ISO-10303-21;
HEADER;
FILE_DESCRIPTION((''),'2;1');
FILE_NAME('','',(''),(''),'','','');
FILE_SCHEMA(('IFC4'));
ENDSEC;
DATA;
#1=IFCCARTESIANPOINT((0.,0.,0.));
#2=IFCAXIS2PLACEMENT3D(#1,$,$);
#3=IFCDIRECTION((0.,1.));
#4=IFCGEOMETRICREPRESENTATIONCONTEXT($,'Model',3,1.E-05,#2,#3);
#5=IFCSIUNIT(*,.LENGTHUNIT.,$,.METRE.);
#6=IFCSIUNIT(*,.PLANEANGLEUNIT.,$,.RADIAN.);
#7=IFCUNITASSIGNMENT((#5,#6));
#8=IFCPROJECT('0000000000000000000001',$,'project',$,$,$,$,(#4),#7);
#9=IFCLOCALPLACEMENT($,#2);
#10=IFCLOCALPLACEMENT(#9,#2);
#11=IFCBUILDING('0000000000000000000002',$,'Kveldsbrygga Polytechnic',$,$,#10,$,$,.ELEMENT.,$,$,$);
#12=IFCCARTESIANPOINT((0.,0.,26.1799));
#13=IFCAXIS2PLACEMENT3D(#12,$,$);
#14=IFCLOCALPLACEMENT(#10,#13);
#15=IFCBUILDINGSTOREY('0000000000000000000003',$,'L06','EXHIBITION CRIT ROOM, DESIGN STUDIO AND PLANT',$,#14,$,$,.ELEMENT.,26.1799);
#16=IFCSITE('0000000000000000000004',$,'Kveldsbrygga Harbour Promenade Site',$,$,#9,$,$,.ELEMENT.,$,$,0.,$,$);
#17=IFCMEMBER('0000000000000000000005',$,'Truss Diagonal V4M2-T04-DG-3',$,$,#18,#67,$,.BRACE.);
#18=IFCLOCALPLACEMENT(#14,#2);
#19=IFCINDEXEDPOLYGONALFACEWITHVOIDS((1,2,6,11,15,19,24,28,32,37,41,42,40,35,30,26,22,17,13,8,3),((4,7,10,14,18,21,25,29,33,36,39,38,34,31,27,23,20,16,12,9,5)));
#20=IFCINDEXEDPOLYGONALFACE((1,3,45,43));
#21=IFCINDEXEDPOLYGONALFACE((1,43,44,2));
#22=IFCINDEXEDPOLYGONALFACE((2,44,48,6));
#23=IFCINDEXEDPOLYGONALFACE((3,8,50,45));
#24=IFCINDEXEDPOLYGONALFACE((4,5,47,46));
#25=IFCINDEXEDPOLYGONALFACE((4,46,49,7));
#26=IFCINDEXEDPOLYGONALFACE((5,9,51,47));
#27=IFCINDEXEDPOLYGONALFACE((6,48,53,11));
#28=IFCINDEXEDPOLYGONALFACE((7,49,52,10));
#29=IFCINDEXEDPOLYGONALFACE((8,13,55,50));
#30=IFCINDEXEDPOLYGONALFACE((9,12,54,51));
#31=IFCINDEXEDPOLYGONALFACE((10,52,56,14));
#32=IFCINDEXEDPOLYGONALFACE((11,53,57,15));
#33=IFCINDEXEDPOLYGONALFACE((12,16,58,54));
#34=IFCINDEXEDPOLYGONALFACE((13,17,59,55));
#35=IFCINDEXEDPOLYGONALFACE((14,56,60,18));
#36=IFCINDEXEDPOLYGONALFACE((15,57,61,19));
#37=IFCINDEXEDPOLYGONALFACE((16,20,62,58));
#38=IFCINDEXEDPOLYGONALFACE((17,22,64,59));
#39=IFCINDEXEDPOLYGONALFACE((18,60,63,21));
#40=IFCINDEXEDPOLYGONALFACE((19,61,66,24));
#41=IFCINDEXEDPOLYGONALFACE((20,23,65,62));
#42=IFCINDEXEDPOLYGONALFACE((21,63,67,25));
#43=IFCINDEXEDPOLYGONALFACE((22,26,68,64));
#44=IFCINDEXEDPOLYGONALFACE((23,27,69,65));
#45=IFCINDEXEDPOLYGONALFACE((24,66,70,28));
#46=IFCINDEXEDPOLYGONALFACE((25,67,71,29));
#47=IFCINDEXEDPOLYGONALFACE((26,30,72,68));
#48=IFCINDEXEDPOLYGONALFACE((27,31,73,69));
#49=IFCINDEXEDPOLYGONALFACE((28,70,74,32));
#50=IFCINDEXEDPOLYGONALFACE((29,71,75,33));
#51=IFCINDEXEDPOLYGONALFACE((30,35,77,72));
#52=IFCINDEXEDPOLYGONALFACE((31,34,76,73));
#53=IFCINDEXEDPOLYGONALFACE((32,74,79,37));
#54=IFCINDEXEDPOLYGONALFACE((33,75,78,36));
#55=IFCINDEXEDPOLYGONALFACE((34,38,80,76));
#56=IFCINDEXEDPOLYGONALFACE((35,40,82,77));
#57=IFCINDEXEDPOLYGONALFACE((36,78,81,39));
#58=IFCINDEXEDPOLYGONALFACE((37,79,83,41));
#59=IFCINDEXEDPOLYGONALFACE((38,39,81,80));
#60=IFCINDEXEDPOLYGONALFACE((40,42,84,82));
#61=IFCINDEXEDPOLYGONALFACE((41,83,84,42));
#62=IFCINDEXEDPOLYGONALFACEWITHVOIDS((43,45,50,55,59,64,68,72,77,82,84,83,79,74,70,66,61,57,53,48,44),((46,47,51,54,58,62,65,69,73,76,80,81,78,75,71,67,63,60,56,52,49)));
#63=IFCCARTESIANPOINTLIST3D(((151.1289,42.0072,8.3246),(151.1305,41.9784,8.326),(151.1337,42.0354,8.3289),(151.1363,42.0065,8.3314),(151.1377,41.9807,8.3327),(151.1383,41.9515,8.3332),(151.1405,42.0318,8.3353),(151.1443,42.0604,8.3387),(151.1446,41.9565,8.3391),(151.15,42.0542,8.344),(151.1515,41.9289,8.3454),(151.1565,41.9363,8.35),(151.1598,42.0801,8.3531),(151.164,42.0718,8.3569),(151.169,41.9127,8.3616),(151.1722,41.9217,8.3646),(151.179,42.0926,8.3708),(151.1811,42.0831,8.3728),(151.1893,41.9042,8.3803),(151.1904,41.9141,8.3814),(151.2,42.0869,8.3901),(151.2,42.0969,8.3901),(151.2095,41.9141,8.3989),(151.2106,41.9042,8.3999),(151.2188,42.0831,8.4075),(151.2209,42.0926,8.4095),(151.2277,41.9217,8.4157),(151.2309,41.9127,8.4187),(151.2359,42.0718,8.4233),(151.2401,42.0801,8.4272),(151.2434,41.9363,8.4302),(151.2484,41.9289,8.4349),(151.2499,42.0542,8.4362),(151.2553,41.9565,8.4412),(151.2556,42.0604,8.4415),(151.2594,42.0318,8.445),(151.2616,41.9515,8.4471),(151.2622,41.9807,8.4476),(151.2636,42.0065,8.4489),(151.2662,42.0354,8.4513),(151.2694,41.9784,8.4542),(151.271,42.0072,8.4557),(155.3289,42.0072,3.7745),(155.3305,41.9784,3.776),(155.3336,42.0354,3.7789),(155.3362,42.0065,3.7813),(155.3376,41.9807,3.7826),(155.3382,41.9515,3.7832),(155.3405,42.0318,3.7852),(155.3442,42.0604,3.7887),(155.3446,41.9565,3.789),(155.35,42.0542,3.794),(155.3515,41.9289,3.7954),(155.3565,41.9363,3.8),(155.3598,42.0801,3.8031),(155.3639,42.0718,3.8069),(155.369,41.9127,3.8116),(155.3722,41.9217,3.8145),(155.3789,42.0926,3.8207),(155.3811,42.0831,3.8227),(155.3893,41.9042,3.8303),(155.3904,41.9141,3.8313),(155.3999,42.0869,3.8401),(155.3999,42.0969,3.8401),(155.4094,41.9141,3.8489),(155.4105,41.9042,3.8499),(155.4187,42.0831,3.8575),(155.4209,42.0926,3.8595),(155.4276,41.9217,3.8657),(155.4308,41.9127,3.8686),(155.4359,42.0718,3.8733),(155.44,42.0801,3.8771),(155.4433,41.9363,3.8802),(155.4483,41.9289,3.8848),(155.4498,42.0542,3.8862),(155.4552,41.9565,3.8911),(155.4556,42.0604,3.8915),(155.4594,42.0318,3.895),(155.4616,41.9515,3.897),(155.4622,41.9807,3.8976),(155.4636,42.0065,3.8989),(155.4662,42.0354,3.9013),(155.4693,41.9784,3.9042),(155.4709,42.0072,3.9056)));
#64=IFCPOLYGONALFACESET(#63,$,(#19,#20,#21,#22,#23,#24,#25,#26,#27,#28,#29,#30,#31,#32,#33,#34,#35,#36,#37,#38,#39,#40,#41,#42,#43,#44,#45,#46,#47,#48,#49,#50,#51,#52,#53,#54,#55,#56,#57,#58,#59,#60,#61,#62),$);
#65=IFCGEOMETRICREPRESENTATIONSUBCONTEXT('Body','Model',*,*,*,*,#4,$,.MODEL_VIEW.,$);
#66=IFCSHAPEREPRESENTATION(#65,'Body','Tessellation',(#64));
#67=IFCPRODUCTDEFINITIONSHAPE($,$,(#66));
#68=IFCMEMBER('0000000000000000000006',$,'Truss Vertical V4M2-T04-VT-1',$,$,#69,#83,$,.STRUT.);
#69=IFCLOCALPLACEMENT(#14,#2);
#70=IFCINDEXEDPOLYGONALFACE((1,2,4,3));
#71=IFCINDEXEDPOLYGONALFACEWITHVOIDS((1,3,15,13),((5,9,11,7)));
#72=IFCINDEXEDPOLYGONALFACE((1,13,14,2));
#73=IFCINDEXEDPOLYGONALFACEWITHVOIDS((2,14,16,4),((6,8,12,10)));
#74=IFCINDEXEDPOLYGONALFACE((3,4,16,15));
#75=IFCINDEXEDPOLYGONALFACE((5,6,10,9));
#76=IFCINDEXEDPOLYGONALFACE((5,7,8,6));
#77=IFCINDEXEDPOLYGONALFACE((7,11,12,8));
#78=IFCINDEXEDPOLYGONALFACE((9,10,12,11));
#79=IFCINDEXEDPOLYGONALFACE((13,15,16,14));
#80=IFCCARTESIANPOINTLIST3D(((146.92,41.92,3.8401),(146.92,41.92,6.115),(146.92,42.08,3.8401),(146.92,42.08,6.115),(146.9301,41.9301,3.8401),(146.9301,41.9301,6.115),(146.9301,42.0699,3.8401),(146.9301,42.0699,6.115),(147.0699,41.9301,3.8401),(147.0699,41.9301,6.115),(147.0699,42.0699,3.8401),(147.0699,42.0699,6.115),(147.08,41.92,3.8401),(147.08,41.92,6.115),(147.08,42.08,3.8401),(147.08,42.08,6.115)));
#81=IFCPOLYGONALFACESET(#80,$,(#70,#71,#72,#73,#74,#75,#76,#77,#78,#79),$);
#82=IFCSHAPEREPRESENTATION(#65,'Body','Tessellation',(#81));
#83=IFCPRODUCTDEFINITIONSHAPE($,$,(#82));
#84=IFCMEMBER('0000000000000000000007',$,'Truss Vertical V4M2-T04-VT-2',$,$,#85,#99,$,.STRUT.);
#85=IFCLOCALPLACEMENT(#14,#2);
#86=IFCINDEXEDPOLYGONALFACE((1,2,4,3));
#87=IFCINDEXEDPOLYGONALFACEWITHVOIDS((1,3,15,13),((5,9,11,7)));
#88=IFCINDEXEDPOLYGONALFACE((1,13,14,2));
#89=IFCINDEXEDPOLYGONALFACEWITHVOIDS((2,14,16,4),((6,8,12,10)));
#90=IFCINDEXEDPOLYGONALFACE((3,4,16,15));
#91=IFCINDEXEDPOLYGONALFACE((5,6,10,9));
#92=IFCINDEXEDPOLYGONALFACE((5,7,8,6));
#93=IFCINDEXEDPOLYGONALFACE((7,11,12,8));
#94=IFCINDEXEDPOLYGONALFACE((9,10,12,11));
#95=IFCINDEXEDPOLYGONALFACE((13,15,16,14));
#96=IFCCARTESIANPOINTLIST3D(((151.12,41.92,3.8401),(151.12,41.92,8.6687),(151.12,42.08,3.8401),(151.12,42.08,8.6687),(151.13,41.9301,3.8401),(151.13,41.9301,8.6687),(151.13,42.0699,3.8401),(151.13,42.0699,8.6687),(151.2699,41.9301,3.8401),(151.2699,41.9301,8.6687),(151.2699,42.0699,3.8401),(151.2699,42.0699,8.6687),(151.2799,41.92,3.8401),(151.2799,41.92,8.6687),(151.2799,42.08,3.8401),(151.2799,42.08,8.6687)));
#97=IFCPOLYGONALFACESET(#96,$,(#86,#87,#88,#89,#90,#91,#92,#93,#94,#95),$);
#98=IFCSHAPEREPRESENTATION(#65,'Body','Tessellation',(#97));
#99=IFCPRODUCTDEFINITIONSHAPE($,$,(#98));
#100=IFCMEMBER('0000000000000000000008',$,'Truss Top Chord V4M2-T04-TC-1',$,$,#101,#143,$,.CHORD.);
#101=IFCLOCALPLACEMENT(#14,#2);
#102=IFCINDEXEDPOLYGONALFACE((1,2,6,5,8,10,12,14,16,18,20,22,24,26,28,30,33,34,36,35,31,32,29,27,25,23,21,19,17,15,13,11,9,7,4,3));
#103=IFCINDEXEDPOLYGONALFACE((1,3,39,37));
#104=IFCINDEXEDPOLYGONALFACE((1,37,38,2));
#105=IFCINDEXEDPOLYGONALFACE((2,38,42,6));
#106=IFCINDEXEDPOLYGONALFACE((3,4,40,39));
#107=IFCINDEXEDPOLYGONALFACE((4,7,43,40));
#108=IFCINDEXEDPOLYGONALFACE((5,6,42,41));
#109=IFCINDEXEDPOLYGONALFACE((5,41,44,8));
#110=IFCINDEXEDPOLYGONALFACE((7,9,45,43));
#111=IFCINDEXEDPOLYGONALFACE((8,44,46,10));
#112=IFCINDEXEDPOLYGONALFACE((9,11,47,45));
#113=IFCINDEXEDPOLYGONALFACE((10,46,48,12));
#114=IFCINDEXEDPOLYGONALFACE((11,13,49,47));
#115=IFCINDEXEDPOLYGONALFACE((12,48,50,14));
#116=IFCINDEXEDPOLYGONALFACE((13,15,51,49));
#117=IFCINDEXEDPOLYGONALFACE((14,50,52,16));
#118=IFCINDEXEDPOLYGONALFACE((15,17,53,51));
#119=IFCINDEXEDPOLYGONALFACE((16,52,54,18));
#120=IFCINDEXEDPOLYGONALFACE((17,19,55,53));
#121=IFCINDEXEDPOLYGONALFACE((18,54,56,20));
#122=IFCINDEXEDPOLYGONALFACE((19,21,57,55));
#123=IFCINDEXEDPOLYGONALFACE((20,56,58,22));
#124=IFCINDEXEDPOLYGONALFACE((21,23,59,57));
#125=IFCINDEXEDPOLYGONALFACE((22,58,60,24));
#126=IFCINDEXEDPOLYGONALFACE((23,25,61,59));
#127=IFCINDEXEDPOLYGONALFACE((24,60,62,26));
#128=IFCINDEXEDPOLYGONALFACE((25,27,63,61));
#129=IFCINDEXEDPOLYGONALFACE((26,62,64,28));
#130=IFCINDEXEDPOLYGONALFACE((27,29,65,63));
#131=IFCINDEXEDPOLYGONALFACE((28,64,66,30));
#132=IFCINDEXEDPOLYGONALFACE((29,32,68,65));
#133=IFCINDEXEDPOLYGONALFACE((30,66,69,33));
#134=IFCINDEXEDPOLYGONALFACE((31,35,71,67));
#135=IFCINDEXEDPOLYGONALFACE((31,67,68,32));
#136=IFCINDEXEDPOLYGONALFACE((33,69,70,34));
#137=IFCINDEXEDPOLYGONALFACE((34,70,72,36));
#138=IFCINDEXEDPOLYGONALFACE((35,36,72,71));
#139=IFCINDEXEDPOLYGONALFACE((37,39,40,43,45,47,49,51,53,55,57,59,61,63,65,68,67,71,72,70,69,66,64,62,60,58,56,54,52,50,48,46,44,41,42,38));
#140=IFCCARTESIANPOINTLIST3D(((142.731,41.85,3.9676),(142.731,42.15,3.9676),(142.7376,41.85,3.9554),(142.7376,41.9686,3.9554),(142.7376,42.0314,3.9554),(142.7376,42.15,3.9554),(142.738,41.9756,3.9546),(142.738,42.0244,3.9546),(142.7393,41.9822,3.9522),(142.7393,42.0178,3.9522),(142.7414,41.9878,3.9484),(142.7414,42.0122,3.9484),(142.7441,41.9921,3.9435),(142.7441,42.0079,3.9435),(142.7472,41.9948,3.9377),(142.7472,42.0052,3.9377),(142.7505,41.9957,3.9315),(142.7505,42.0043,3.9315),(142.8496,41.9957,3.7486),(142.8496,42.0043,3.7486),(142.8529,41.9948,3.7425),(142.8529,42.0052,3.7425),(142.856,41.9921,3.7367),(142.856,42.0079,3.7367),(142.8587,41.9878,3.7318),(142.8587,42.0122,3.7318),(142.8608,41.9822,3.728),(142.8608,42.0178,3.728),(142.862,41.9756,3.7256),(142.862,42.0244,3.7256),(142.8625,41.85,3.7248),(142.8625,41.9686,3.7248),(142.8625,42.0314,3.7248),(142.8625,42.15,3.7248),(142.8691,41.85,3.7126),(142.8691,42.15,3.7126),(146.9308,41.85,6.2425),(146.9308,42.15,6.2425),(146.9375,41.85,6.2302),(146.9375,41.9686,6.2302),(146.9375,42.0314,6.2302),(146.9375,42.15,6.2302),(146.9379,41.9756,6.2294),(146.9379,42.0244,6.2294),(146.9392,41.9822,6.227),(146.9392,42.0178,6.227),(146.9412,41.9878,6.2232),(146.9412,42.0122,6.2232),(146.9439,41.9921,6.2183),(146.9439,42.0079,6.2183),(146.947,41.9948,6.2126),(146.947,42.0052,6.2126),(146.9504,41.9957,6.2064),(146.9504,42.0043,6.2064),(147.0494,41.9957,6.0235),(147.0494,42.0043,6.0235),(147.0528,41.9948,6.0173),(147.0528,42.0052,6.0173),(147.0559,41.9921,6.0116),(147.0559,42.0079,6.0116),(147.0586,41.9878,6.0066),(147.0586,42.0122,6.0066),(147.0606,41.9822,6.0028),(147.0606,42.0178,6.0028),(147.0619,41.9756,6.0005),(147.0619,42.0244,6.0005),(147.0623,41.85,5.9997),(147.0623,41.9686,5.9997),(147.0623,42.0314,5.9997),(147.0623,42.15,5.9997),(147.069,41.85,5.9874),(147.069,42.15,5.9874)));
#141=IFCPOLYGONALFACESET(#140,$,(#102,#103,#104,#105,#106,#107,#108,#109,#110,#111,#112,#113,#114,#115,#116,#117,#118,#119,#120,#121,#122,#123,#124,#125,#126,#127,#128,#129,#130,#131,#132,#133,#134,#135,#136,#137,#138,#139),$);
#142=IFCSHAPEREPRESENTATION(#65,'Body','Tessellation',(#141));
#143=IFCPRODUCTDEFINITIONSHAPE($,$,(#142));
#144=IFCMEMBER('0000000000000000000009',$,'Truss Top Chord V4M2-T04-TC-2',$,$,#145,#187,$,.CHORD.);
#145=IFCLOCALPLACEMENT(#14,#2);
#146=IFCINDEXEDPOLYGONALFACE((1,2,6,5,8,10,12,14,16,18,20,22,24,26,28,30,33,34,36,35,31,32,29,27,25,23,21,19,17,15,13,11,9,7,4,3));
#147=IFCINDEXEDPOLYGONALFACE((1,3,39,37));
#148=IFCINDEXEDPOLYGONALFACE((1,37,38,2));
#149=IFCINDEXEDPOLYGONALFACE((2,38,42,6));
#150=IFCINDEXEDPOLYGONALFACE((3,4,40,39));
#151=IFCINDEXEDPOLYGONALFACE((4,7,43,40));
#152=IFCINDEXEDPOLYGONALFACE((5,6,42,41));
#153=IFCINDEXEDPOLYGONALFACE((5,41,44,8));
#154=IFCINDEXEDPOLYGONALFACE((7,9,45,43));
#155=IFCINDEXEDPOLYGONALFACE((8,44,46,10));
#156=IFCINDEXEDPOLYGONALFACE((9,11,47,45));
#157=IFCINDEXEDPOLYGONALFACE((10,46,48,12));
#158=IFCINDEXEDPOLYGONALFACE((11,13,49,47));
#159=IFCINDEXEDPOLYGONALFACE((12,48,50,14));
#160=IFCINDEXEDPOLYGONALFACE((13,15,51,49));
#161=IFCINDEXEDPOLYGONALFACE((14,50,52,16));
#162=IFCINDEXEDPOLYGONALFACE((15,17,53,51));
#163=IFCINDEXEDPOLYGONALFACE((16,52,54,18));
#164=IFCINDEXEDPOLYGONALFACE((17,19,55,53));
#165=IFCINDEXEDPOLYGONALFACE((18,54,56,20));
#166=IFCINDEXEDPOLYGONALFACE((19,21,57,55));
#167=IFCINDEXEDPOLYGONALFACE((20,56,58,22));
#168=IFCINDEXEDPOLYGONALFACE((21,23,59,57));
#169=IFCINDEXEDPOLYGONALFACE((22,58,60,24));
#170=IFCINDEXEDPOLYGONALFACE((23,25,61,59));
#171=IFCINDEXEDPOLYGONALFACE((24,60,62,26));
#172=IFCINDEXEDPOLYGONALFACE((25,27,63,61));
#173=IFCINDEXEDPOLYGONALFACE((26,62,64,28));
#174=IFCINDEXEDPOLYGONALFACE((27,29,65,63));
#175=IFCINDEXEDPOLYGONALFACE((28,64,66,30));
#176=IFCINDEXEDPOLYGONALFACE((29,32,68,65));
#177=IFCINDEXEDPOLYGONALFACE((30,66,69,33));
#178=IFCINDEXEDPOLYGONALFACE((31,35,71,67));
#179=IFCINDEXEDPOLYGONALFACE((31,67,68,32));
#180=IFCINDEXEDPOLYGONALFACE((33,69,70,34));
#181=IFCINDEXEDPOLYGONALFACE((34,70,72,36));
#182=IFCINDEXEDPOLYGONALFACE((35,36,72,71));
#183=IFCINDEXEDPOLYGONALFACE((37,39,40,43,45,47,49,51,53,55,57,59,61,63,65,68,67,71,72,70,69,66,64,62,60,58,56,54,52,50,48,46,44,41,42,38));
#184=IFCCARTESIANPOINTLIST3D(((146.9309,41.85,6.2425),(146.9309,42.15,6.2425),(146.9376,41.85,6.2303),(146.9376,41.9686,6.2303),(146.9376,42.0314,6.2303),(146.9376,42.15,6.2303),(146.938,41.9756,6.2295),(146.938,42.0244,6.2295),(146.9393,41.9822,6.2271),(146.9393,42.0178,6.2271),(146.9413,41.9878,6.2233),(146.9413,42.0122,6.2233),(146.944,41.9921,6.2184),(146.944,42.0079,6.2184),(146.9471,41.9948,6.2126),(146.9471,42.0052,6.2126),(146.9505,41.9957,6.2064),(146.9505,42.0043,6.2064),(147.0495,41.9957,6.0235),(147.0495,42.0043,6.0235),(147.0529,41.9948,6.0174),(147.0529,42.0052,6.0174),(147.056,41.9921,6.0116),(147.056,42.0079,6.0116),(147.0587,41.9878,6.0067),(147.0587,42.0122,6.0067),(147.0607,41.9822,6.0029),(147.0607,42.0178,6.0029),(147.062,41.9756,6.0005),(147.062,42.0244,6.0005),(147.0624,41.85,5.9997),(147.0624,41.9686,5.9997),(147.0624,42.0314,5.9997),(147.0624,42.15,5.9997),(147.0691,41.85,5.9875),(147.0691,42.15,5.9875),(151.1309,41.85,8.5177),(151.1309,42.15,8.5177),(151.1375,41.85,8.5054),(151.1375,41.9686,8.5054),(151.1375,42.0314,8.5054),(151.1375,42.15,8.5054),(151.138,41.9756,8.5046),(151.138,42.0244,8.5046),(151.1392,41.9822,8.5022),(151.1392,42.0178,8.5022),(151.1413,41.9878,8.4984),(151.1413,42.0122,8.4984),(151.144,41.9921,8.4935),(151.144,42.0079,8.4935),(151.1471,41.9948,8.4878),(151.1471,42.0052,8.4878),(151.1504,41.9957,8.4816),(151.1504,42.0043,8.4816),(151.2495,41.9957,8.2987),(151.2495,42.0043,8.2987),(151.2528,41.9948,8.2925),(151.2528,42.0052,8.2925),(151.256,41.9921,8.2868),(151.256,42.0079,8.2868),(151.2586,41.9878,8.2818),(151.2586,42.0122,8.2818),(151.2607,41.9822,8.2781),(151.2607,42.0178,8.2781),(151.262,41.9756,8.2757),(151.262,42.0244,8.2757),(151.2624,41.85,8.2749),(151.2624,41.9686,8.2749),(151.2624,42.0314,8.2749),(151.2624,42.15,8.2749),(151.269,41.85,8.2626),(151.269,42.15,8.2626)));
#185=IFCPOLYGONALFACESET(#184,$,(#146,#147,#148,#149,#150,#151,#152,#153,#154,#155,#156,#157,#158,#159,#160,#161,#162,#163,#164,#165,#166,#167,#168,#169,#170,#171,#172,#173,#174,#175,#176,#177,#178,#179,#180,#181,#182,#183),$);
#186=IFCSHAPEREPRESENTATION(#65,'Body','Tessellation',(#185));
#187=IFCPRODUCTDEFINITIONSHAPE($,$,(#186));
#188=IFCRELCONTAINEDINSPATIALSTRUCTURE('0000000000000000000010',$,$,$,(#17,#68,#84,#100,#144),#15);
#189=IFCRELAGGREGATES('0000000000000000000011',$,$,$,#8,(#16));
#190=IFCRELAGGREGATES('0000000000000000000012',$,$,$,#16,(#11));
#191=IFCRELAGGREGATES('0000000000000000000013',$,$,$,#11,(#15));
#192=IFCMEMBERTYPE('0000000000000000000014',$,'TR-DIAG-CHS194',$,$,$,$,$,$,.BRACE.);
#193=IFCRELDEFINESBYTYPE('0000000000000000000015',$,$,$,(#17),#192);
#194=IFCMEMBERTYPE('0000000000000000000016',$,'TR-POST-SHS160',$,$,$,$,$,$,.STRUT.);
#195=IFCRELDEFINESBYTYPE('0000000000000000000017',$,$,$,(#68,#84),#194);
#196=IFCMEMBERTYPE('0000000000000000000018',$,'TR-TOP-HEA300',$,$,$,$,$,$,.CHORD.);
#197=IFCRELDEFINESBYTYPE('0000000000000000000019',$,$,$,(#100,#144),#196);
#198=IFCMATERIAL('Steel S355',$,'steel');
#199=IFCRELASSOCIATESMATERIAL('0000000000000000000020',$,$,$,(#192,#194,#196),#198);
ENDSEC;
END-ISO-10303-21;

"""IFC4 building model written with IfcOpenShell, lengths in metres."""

from ifc_helpers import new_model, si_unit, direction, frame, origin, origin_2d, place, context, subcontext, project, spatial, hollow_rectangle, hollow_circle, i_section, extrude, material, material_profile, profile_set, type_object, element, save


model = new_model("IFC4")

# Units and contexts
model_context = context("Model", 3, precision=1e-05, world=origin(), true_north=direction((0.0, 1.0)))
body_context = subcontext(model_context, "Body", "Model", "MODEL_VIEW")
ifc_project = project(units=[si_unit("LENGTHUNIT", "METRE"), si_unit("PLANEANGLEUNIT", "RADIAN")], contexts=[model_context])

# Site, building, storey
site_placement = place(None, origin())
site = spatial("IfcSite", under=ifc_project, at=site_placement, Name="Kveldsbrygga Harbour Promenade Site", CompositionType="ELEMENT", RefElevation=0.0)
building_placement = place(site_placement, origin())
building = spatial("IfcBuilding", under=site, at=building_placement, Name="Kveldsbrygga Polytechnic", CompositionType="ELEMENT")
storey_placement = place(building_placement, frame((0.0, 0.0, 26.1799)))
storey = spatial("IfcBuildingStorey", under=building, at=storey_placement, Name="L06", Description="EXHIBITION CRIT ROOM, DESIGN STUDIO AND PLANT", CompositionType="ELEMENT", Elevation=26.1799)

# Shared definitions
ifc_material_1 = material(Name="Steel S355", Category="steel")

# Members
ifc_material_profile_1 = material_profile(ifc_material_1, hollow_circle(Radius=0.0969, WallThickness=0.01, at=origin_2d()), Name="CHS 193.7x10.0")
ifc_profile_set_1 = profile_set([ifc_material_profile_1], Name="Steel S355")
member_type_1 = type_object("IfcMemberType", Name="TR-DIAG-CHS194", PredefinedType="BRACE", material=ifc_profile_set_1)
for number, where, z_axis, x_axis, name in (
    (1, (151.2, 42.0, 8.3901), (0.678272, 0.0, -0.734811), (0.0, 1.0, 0.0), "Truss Diagonal V4M2-T04-DG-3"),
):
    element("IfcMember", number, at=place(storey_placement, frame(where, z_axis=z_axis, x_axis=x_axis)), inside=storey, type_object=member_type_1, Name=name, PredefinedType="BRACE", context=body_context, shape_type="SweptSolid", body=[
        extrude(hollow_circle(Radius=0.0969, WallThickness=0.01, at=origin_2d()), origin(), (0.0, 0.0, 1.0), 6.1921),
    ])
ifc_material_profile_2 = material_profile(ifc_material_1, hollow_rectangle(XDim=0.1599, YDim=0.1599, WallThickness=0.01, at=origin_2d()), Name="SHS 160x160x10.0")
ifc_profile_set_2 = profile_set([ifc_material_profile_2], Name="Steel S355")
member_type_2 = type_object("IfcMemberType", Name="TR-POST-SHS160", PredefinedType="STRUT", material=ifc_profile_set_2)
member_1_placement = place(storey_placement, frame((147.0, 42.0, 3.8401), z_axis=(0.0, 0.0, 1.0), x_axis=(1.0, 0.0, 0.0)))
element("IfcMember", 2, at=member_1_placement, inside=storey, type_object=member_type_2, Name="Truss Vertical V4M2-T04-VT-1", PredefinedType="STRUT", context=body_context, shape_type="SweptSolid", body=[
    extrude(hollow_rectangle(XDim=0.1599, YDim=0.1599, WallThickness=0.01, at=origin_2d()), origin(), (0.0, 0.0, 1.0), 2.2749),
])
member_2_placement = place(storey_placement, frame((151.2, 42.0, 3.8401), z_axis=(0.0, 0.0, 1.0), x_axis=(1.0, 0.0, 0.0)))
element("IfcMember", 3, at=member_2_placement, inside=storey, type_object=member_type_2, Name="Truss Vertical V4M2-T04-VT-2", PredefinedType="STRUT", context=body_context, shape_type="SweptSolid", body=[
    extrude(hollow_rectangle(XDim=0.1599, YDim=0.1599, WallThickness=0.01, at=origin_2d()), origin(), (0.0, 0.0, 1.0), 4.8286),
])
ifc_material_profile_3 = material_profile(ifc_material_1, i_section(OverallWidth=0.3, OverallDepth=0.29, WebThickness=0.0085, FlangeThickness=0.0139, FilletRadius=0.0271, at=origin_2d()), Name="HEA 300")
ifc_profile_set_3 = profile_set([ifc_material_profile_3], Name="Steel S355")
member_type_3 = type_object("IfcMemberType", Name="TR-TOP-HEA300", PredefinedType="CHORD", material=ifc_profile_set_3)
member_3_placement = place(storey_placement, frame((142.8, 42.0, 3.8401), z_axis=(0.879298, 0.0, 0.476272), x_axis=(0.0, 1.0, 0.0)))
element("IfcMember", 4, at=member_3_placement, inside=storey, type_object=member_type_3, Name="Truss Top Chord V4M2-T04-TC-1", PredefinedType="CHORD", context=body_context, shape_type="SweptSolid", body=[
    extrude(i_section(OverallWidth=0.3, OverallDepth=0.29, WebThickness=0.0085, FlangeThickness=0.0139, FilletRadius=0.0271, at=origin_2d()), origin(), (0.0, 0.0, 1.0), 4.7764),
])
for number, where, z_axis, x_axis, name in (
    (5, (147.0, 42.0, 6.115), (0.879277, 0.0, 0.476311), (0.0, 1.0, 0.0), "Truss Top Chord V4M2-T04-TC-2"),
):
    element("IfcMember", number, at=place(storey_placement, frame(where, z_axis=z_axis, x_axis=x_axis)), inside=storey, type_object=member_type_3, Name=name, PredefinedType="CHORD", context=body_context, shape_type="SweptSolid", body=[
        extrude(i_section(OverallWidth=0.3, OverallDepth=0.29, WebThickness=0.0085, FlangeThickness=0.0139, FilletRadius=0.0271, at=origin_2d()), origin(), (0.0, 0.0, 1.0), 4.7766),
    ])

save(model, "model.ifc")
